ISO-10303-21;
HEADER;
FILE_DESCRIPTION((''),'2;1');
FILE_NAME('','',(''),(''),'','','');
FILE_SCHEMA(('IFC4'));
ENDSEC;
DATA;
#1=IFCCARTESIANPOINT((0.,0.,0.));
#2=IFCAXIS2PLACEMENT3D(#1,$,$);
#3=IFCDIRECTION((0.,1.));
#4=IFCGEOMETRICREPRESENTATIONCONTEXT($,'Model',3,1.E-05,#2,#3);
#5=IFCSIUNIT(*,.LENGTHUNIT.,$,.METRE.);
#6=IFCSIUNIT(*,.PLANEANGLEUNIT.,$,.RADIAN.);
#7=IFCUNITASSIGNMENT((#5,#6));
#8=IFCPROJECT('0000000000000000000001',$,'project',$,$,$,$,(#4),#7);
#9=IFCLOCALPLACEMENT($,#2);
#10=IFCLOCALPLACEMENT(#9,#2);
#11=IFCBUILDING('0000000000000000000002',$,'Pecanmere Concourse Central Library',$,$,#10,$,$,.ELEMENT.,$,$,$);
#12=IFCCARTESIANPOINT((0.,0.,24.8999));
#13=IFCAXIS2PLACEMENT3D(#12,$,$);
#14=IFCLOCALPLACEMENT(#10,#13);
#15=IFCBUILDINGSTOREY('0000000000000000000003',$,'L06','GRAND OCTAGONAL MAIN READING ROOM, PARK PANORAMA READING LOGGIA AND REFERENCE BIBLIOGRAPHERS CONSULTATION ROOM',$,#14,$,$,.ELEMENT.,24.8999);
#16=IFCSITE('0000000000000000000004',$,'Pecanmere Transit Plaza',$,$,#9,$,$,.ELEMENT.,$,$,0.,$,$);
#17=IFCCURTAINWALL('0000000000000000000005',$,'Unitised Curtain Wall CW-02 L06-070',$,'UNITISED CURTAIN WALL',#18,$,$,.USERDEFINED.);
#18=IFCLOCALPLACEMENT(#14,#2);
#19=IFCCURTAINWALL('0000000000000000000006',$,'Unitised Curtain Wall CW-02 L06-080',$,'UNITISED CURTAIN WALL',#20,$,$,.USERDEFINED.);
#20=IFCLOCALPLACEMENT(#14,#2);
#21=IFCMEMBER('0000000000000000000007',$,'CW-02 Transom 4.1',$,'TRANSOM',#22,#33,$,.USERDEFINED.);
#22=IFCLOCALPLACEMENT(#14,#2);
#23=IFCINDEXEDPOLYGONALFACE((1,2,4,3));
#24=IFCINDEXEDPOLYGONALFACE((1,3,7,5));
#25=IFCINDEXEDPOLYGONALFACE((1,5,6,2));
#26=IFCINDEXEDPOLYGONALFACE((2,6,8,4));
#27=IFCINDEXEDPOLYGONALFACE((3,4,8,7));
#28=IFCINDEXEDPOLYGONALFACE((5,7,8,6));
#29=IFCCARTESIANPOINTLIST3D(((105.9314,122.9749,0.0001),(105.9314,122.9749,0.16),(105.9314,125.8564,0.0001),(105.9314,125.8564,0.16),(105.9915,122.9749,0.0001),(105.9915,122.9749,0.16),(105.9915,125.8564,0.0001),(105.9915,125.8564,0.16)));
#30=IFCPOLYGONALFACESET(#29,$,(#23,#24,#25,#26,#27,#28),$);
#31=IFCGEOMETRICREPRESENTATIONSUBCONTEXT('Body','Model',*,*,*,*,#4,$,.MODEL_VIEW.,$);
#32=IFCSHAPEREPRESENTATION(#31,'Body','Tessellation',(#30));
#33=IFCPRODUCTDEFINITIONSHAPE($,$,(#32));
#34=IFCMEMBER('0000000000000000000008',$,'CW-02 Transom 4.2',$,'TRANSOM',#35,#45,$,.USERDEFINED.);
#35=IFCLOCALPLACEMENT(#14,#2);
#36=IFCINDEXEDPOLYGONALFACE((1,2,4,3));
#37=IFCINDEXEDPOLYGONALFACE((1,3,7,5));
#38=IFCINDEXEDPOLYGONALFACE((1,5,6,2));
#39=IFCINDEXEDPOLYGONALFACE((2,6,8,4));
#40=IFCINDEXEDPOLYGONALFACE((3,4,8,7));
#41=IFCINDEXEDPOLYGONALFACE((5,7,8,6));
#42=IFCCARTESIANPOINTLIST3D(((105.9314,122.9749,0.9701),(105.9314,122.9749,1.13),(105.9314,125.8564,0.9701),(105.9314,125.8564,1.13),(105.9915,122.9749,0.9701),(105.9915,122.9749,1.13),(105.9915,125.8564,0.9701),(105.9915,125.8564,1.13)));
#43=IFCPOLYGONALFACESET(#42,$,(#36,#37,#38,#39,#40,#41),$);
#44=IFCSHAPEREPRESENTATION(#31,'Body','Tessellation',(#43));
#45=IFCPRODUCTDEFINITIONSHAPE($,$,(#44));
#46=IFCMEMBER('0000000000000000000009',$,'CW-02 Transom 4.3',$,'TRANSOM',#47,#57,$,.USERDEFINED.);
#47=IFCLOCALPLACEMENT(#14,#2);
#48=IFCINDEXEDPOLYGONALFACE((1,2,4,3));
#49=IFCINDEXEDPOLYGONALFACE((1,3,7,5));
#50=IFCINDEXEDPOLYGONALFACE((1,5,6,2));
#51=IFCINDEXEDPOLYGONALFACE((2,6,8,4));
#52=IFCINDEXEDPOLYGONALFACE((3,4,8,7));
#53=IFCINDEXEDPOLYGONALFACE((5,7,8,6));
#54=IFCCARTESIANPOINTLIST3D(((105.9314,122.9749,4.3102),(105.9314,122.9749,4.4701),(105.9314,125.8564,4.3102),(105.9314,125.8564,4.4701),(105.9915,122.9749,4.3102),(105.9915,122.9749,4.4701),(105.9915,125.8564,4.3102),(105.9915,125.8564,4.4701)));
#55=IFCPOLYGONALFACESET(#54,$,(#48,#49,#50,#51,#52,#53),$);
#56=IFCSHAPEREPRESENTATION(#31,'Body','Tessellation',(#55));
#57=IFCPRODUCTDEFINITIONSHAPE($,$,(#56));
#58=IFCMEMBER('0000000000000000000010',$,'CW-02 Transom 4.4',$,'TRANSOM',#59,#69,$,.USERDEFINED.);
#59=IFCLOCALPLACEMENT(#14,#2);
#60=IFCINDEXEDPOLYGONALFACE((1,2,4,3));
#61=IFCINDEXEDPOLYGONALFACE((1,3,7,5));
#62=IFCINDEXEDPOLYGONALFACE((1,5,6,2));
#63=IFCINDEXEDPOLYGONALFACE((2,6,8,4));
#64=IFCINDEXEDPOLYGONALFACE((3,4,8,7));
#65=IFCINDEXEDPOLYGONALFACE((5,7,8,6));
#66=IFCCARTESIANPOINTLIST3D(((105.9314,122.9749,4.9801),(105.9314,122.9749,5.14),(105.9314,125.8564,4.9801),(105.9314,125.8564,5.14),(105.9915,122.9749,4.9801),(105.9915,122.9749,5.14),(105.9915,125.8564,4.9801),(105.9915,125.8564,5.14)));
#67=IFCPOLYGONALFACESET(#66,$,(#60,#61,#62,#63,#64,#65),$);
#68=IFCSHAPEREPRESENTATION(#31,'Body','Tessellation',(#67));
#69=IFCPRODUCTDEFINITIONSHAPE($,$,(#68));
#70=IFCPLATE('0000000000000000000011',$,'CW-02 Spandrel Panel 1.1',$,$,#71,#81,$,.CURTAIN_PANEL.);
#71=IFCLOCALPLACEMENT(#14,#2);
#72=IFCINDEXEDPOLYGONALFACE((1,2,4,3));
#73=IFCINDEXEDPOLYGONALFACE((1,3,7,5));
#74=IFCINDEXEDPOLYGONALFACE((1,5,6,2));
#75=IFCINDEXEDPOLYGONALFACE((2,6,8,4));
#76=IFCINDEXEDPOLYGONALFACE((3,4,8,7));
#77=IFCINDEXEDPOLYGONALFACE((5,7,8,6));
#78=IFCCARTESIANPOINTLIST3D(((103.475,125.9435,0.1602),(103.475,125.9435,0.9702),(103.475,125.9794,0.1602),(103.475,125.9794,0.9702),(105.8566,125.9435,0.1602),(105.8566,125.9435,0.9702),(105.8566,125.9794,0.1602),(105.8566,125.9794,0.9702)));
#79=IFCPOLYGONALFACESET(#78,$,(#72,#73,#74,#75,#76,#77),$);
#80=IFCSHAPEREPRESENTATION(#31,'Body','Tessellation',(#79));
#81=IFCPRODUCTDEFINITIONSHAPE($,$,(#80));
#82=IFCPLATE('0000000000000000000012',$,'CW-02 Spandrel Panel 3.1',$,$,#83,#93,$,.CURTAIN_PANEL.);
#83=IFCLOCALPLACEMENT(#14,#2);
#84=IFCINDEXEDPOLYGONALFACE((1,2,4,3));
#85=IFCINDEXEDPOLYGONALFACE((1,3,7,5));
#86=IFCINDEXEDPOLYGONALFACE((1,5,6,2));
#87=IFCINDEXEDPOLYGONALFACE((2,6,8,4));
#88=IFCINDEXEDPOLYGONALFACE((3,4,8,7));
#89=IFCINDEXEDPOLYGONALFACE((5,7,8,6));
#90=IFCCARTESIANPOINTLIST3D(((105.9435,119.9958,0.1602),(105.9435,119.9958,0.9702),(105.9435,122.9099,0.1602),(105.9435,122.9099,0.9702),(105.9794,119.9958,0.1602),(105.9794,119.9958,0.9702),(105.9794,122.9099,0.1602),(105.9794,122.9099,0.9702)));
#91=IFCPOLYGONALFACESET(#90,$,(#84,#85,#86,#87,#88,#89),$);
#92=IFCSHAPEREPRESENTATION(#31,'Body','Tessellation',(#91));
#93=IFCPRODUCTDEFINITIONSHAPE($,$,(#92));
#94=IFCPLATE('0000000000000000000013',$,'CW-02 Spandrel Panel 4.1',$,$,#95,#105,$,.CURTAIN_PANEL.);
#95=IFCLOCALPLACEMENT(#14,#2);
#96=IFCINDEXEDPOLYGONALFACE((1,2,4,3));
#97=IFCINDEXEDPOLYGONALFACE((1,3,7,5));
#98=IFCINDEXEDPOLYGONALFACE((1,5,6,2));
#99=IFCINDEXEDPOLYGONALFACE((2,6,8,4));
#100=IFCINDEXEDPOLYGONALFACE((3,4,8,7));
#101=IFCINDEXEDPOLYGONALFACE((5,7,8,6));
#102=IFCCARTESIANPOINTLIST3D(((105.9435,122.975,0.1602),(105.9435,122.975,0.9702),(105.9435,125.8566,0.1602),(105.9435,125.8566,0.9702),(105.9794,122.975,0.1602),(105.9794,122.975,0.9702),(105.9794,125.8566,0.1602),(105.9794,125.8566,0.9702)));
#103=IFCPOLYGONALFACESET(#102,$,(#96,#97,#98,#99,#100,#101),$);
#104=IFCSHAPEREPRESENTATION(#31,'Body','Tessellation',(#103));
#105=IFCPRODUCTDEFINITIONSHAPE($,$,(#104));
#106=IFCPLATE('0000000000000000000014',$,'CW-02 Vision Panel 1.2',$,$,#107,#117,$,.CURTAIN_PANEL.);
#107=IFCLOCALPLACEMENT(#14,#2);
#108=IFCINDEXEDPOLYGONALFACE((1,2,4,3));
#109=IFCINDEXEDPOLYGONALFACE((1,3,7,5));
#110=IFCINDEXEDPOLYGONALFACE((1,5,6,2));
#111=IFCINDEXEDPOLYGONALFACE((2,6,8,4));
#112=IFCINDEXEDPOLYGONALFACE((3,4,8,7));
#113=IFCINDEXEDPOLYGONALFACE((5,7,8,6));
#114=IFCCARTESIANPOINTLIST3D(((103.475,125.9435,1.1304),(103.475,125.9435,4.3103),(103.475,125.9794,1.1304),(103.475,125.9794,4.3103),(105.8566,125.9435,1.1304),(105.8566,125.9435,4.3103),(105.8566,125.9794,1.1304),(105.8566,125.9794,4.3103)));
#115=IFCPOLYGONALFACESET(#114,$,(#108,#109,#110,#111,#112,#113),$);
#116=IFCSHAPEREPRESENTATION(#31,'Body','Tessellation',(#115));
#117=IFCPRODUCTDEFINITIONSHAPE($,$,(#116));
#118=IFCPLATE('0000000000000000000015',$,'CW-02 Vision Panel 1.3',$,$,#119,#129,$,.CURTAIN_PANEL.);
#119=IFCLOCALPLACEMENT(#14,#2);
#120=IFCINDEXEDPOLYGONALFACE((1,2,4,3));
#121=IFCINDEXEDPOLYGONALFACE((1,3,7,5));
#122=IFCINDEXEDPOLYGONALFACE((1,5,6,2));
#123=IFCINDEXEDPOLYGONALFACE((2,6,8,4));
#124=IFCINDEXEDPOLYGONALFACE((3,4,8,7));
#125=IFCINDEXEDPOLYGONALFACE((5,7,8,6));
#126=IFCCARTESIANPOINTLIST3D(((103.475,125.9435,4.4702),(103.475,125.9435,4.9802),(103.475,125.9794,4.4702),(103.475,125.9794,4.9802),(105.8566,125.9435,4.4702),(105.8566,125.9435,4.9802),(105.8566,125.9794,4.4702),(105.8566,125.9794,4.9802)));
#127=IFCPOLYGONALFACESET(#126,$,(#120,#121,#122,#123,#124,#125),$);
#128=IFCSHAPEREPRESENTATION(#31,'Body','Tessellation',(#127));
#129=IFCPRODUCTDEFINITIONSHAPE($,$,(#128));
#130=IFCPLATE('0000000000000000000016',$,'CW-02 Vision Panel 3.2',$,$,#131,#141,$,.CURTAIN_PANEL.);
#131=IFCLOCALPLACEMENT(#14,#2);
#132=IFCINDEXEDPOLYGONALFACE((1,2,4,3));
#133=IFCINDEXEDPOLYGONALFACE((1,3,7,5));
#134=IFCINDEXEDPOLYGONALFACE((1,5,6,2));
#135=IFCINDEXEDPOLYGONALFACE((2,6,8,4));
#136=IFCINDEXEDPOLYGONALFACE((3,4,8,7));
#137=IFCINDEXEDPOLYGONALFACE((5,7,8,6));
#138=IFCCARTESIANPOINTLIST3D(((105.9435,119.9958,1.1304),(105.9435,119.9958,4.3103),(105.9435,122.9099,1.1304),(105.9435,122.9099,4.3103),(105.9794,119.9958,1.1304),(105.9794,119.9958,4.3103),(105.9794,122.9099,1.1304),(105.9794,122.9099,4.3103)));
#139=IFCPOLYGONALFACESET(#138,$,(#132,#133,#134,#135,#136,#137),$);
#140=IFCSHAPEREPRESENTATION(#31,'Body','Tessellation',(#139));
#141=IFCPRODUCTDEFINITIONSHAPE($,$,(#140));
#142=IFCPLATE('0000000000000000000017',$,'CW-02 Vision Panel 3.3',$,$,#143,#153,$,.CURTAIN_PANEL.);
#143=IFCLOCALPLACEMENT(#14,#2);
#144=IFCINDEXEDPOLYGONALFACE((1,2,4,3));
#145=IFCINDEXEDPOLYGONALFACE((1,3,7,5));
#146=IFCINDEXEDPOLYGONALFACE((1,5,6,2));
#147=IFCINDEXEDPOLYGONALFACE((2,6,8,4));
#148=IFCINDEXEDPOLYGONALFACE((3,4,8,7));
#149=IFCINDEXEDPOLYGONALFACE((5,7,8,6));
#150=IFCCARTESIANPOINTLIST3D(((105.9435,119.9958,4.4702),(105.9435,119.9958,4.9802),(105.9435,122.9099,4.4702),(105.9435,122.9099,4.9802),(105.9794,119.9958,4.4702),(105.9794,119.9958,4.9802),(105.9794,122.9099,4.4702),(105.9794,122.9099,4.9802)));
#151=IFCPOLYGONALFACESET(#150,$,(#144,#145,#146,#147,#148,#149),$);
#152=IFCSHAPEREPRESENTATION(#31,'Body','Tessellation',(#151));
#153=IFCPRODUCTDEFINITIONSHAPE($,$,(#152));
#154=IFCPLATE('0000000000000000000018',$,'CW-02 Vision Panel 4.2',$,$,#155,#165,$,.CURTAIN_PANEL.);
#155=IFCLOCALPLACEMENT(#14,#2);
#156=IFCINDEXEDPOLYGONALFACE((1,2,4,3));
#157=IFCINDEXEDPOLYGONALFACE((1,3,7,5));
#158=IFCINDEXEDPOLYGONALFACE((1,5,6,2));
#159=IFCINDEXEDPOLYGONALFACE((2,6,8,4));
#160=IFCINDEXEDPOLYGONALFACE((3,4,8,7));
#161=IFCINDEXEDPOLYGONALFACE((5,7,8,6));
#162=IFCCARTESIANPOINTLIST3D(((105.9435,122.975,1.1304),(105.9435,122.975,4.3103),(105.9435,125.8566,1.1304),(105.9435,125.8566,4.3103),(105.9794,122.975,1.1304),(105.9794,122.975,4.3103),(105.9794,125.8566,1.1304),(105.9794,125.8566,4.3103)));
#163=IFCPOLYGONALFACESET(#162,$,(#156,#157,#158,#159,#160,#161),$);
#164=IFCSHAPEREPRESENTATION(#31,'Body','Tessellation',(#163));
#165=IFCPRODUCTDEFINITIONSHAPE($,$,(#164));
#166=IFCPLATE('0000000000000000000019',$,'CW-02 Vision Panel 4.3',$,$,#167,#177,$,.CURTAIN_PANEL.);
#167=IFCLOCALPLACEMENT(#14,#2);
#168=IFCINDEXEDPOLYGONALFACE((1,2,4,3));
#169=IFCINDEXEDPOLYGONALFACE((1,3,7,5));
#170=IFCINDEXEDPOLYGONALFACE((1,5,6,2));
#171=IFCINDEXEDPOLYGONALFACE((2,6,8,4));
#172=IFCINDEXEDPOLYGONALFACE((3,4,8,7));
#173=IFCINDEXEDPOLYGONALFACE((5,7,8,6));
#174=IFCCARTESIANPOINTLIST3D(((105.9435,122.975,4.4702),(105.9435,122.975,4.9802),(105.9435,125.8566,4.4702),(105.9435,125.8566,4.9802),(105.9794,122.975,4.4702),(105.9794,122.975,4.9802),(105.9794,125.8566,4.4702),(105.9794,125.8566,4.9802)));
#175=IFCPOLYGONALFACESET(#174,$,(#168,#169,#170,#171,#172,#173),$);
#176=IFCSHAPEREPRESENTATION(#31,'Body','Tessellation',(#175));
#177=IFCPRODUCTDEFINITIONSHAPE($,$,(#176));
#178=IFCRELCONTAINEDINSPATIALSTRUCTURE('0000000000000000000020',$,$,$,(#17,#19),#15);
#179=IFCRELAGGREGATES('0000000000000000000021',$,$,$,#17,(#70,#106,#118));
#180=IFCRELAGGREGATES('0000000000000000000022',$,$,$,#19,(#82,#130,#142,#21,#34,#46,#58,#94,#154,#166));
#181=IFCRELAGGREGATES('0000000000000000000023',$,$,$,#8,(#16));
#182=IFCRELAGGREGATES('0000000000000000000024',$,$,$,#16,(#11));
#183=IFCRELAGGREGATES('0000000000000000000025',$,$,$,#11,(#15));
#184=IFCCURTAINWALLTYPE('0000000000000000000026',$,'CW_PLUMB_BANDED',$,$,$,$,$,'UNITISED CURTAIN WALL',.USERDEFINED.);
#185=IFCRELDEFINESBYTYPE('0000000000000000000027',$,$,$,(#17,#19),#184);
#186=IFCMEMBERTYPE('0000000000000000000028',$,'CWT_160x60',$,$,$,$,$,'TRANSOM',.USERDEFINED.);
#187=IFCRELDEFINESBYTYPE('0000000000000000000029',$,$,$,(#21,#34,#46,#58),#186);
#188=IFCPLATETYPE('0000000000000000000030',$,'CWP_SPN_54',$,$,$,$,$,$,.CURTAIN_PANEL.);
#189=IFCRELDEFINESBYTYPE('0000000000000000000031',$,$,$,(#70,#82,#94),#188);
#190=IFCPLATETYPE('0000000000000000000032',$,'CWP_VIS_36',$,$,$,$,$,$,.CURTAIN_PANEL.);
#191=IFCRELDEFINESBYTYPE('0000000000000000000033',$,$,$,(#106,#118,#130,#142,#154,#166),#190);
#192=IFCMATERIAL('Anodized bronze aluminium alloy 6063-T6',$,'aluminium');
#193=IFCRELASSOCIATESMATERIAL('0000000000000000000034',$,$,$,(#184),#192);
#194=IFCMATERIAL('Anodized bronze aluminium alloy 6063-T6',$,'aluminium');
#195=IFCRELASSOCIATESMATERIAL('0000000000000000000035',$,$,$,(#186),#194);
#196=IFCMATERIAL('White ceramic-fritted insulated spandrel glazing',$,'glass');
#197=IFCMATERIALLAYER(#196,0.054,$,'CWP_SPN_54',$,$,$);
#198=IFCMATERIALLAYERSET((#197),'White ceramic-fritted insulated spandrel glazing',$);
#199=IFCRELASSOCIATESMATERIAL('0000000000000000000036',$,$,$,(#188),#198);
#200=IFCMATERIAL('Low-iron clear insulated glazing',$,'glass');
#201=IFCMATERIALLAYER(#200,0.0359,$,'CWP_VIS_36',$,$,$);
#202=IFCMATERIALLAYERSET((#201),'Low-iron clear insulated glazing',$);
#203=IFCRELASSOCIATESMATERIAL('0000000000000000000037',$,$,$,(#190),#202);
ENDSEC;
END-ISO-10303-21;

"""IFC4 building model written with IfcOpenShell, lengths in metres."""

from ifc_helpers import new_model, si_unit, direction, frame, origin, origin_2d, place, context, subcontext, project, spatial, rectangle, extrude, material, layer, layer_set, material_profile, profile_set, type_object, element, aggregate, save


model = new_model("IFC4")

# Units and contexts
model_context = context("Model", 3, precision=1e-05, world=origin(), true_north=direction((0.0, 1.0)))
body_context = subcontext(model_context, "Body", "Model", "MODEL_VIEW")
ifc_project = project(units=[si_unit("LENGTHUNIT", "METRE"), si_unit("PLANEANGLEUNIT", "RADIAN")], contexts=[model_context])

# Site, building, storey
site_placement = place(None, origin())
site = spatial("IfcSite", under=ifc_project, at=site_placement, Name="Pecanmere Transit Plaza", CompositionType="ELEMENT", RefElevation=0.0)
building_placement = place(site_placement, origin())
building = spatial("IfcBuilding", under=site, at=building_placement, Name="Pecanmere Concourse Central Library", CompositionType="ELEMENT")
storey_placement = place(building_placement, frame((0.0, 0.0, 24.8999)))
storey = spatial("IfcBuildingStorey", under=building, at=storey_placement, Name="L06", Description="GRAND OCTAGONAL MAIN READING ROOM, PARK PANORAMA READING LOGGIA AND REFERENCE BIBLIOGRAPHERS CONSULTATION ROOM", CompositionType="ELEMENT", Elevation=24.8999)

# Curtain walls
ifc_material_1 = material(Name="Anodized bronze aluminium alloy 6063-T6", Category="aluminium")
curtain_wall_type = type_object("IfcCurtainWallType", Name="CW_PLUMB_BANDED", ElementType="UNITISED CURTAIN WALL", PredefinedType="USERDEFINED", material=ifc_material_1)
curtain_wall_1_placement = place(storey_placement, origin())
curtain_wall_1 = element("IfcCurtainWall", 1, at=curtain_wall_1_placement, inside=storey, type_object=curtain_wall_type, Name="Unitised Curtain Wall CW-02 L06-070", ObjectType="UNITISED CURTAIN WALL", PredefinedType="USERDEFINED")
curtain_wall_2_placement = place(storey_placement, origin())
curtain_wall_2 = element("IfcCurtainWall", 2, at=curtain_wall_2_placement, inside=storey, type_object=curtain_wall_type, Name="Unitised Curtain Wall CW-02 L06-080", ObjectType="UNITISED CURTAIN WALL", PredefinedType="USERDEFINED")

# Members
ifc_material_2 = material(Name="Anodized bronze aluminium alloy 6063-T6", Category="aluminium")
ifc_material_profile_1 = material_profile(ifc_material_2, rectangle(XDim=0.0601, YDim=0.1599, at=origin_2d()), Name="AL 60x160")
ifc_profile_set_1 = profile_set([ifc_material_profile_1], Name="Anodized bronze aluminium alloy 6063-T6")
member_type_1 = type_object("IfcMemberType", Name="CWT_160x60", ElementType="TRANSOM", PredefinedType="USERDEFINED", material=ifc_profile_set_1)
member_1_placement = place(storey_placement, frame((105.9614, 122.9749, 0.0801), z_axis=(0.0, 1.0, 0.0), x_axis=(-1.0, 0.0, 0.0)))
member_1 = element("IfcMember", 3, at=member_1_placement, type_object=member_type_1, Name="CW-02 Transom 4.1", ObjectType="TRANSOM", PredefinedType="USERDEFINED", context=body_context, shape_type="SweptSolid", body=[
    extrude(rectangle(XDim=0.0601, YDim=0.1599, at=origin_2d()), origin(), (0.0, 0.0, 1.0), 2.8816),
])
member_2_placement = place(storey_placement, frame((105.9614, 122.9749, 1.05), z_axis=(0.0, 1.0, 0.0), x_axis=(-1.0, 0.0, 0.0)))
member_2 = element("IfcMember", 4, at=member_2_placement, type_object=member_type_1, Name="CW-02 Transom 4.2", ObjectType="TRANSOM", PredefinedType="USERDEFINED", context=body_context, shape_type="SweptSolid", body=[
    extrude(rectangle(XDim=0.0601, YDim=0.1599, at=origin_2d()), origin(), (0.0, 0.0, 1.0), 2.8816),
])
member_3_placement = place(storey_placement, frame((105.9614, 122.9749, 4.3901), z_axis=(0.0, 1.0, 0.0), x_axis=(-1.0, 0.0, 0.0)))
member_3 = element("IfcMember", 5, at=member_3_placement, type_object=member_type_1, Name="CW-02 Transom 4.3", ObjectType="TRANSOM", PredefinedType="USERDEFINED", context=body_context, shape_type="SweptSolid", body=[
    extrude(rectangle(XDim=0.0601, YDim=0.1599, at=origin_2d()), origin(), (0.0, 0.0, 1.0), 2.8816),
])
member_4_placement = place(storey_placement, frame((105.9614, 122.9749, 5.0601), z_axis=(0.0, 1.0, 0.0), x_axis=(-1.0, 0.0, 0.0)))
member_4 = element("IfcMember", 6, at=member_4_placement, type_object=member_type_1, Name="CW-02 Transom 4.4", ObjectType="TRANSOM", PredefinedType="USERDEFINED", context=body_context, shape_type="SweptSolid", body=[
    extrude(rectangle(XDim=0.0601, YDim=0.1599, at=origin_2d()), origin(), (0.0, 0.0, 1.0), 2.8816),
])

# Plates
ifc_material_3 = material(Name="White ceramic-fritted insulated spandrel glazing", Category="glass")
ifc_layer_1 = layer(ifc_material_3, 0.054, Name="CWP_SPN_54")
ifc_layer_set_1 = layer_set([ifc_layer_1], Name="White ceramic-fritted insulated spandrel glazing")
plate_type_1 = type_object("IfcPlateType", Name="CWP_SPN_54", PredefinedType="CURTAIN_PANEL", material=ifc_layer_set_1)
plate_1_placement = place(storey_placement, frame((104.6658, 125.9614, 0.1602), z_axis=(0.0, 0.0, 1.0), x_axis=(-1.0, 0.0, 0.0)))
plate_1 = element("IfcPlate", 7, at=plate_1_placement, type_object=plate_type_1, Name="CW-02 Spandrel Panel 1.1", PredefinedType="CURTAIN_PANEL", context=body_context, shape_type="SweptSolid", body=[
    extrude(rectangle(XDim=2.3816, YDim=0.0359, at=origin_2d()), origin(), (0.0, 0.0, 1.0), 0.8101),
])
plate_2_placement = place(storey_placement, frame((105.9614, 121.4529, 0.1602), z_axis=(0.0, 0.0, 1.0), x_axis=(0.0, 1.0, 0.0)))
plate_2 = element("IfcPlate", 8, at=plate_2_placement, type_object=plate_type_1, Name="CW-02 Spandrel Panel 3.1", PredefinedType="CURTAIN_PANEL", context=body_context, shape_type="SweptSolid", body=[
    extrude(rectangle(XDim=2.9141, YDim=0.0359, at=origin_2d()), origin(), (0.0, 0.0, 1.0), 0.8101),
])
plate_3_placement = place(storey_placement, frame((105.9614, 124.4158, 0.1602), z_axis=(0.0, 0.0, 1.0), x_axis=(0.0, 1.0, 0.0)))
plate_3 = element("IfcPlate", 9, at=plate_3_placement, type_object=plate_type_1, Name="CW-02 Spandrel Panel 4.1", PredefinedType="CURTAIN_PANEL", context=body_context, shape_type="SweptSolid", body=[
    extrude(rectangle(XDim=2.8816, YDim=0.0359, at=origin_2d()), origin(), (0.0, 0.0, 1.0), 0.8101),
])
ifc_material_4 = material(Name="Low-iron clear insulated glazing", Category="glass")
ifc_layer_2 = layer(ifc_material_4, 0.0359, Name="CWP_VIS_36")
ifc_layer_set_2 = layer_set([ifc_layer_2], Name="Low-iron clear insulated glazing")
plate_type_2 = type_object("IfcPlateType", Name="CWP_VIS_36", PredefinedType="CURTAIN_PANEL", material=ifc_layer_set_2)
plate_4_placement = place(storey_placement, frame((104.6658, 125.9614, 1.1304), z_axis=(0.0, 0.0, 1.0), x_axis=(-1.0, 0.0, 0.0)))
plate_4 = element("IfcPlate", 10, at=plate_4_placement, type_object=plate_type_2, Name="CW-02 Vision Panel 1.2", PredefinedType="CURTAIN_PANEL", context=body_context, shape_type="SweptSolid", body=[
    extrude(rectangle(XDim=2.3816, YDim=0.0359, at=origin_2d()), origin(), (0.0, 0.0, 1.0), 3.1799),
])
plate_5_placement = place(storey_placement, frame((104.6658, 125.9614, 4.4702), z_axis=(0.0, 0.0, 1.0), x_axis=(-1.0, 0.0, 0.0)))
plate_5 = element("IfcPlate", 11, at=plate_5_placement, type_object=plate_type_2, Name="CW-02 Vision Panel 1.3", PredefinedType="CURTAIN_PANEL", context=body_context, shape_type="SweptSolid", body=[
    extrude(rectangle(XDim=2.3816, YDim=0.0359, at=origin_2d()), origin(), (0.0, 0.0, 1.0), 0.51),
])
aggregate(curtain_wall_1, [plate_1, plate_4, plate_5])
plate_6_placement = place(storey_placement, frame((105.9614, 121.4529, 1.1304), z_axis=(0.0, 0.0, 1.0), x_axis=(0.0, 1.0, 0.0)))
plate_6 = element("IfcPlate", 12, at=plate_6_placement, type_object=plate_type_2, Name="CW-02 Vision Panel 3.2", PredefinedType="CURTAIN_PANEL", context=body_context, shape_type="SweptSolid", body=[
    extrude(rectangle(XDim=2.9141, YDim=0.0359, at=origin_2d()), origin(), (0.0, 0.0, 1.0), 3.1799),
])
plate_7_placement = place(storey_placement, frame((105.9614, 121.4529, 4.4702), z_axis=(0.0, 0.0, 1.0), x_axis=(0.0, 1.0, 0.0)))
plate_7 = element("IfcPlate", 13, at=plate_7_placement, type_object=plate_type_2, Name="CW-02 Vision Panel 3.3", PredefinedType="CURTAIN_PANEL", context=body_context, shape_type="SweptSolid", body=[
    extrude(rectangle(XDim=2.9141, YDim=0.0359, at=origin_2d()), origin(), (0.0, 0.0, 1.0), 0.51),
])
plate_8_placement = place(storey_placement, frame((105.9614, 124.4158, 1.1304), z_axis=(0.0, 0.0, 1.0), x_axis=(0.0, 1.0, 0.0)))
plate_8 = element("IfcPlate", 14, at=plate_8_placement, type_object=plate_type_2, Name="CW-02 Vision Panel 4.2", PredefinedType="CURTAIN_PANEL", context=body_context, shape_type="SweptSolid", body=[
    extrude(rectangle(XDim=2.8816, YDim=0.0359, at=origin_2d()), origin(), (0.0, 0.0, 1.0), 3.1799),
])
plate_9_placement = place(storey_placement, frame((105.9614, 124.4158, 4.4702), z_axis=(0.0, 0.0, 1.0), x_axis=(0.0, 1.0, 0.0)))
plate_9 = element("IfcPlate", 15, at=plate_9_placement, type_object=plate_type_2, Name="CW-02 Vision Panel 4.3", PredefinedType="CURTAIN_PANEL", context=body_context, shape_type="SweptSolid", body=[
    extrude(rectangle(XDim=2.8816, YDim=0.0359, at=origin_2d()), origin(), (0.0, 0.0, 1.0), 0.51),
])
aggregate(curtain_wall_2, [plate_2, plate_6, plate_7, member_1, member_2, member_3, member_4, plate_3, plate_8, plate_9])

save(model, "model.ifc")
